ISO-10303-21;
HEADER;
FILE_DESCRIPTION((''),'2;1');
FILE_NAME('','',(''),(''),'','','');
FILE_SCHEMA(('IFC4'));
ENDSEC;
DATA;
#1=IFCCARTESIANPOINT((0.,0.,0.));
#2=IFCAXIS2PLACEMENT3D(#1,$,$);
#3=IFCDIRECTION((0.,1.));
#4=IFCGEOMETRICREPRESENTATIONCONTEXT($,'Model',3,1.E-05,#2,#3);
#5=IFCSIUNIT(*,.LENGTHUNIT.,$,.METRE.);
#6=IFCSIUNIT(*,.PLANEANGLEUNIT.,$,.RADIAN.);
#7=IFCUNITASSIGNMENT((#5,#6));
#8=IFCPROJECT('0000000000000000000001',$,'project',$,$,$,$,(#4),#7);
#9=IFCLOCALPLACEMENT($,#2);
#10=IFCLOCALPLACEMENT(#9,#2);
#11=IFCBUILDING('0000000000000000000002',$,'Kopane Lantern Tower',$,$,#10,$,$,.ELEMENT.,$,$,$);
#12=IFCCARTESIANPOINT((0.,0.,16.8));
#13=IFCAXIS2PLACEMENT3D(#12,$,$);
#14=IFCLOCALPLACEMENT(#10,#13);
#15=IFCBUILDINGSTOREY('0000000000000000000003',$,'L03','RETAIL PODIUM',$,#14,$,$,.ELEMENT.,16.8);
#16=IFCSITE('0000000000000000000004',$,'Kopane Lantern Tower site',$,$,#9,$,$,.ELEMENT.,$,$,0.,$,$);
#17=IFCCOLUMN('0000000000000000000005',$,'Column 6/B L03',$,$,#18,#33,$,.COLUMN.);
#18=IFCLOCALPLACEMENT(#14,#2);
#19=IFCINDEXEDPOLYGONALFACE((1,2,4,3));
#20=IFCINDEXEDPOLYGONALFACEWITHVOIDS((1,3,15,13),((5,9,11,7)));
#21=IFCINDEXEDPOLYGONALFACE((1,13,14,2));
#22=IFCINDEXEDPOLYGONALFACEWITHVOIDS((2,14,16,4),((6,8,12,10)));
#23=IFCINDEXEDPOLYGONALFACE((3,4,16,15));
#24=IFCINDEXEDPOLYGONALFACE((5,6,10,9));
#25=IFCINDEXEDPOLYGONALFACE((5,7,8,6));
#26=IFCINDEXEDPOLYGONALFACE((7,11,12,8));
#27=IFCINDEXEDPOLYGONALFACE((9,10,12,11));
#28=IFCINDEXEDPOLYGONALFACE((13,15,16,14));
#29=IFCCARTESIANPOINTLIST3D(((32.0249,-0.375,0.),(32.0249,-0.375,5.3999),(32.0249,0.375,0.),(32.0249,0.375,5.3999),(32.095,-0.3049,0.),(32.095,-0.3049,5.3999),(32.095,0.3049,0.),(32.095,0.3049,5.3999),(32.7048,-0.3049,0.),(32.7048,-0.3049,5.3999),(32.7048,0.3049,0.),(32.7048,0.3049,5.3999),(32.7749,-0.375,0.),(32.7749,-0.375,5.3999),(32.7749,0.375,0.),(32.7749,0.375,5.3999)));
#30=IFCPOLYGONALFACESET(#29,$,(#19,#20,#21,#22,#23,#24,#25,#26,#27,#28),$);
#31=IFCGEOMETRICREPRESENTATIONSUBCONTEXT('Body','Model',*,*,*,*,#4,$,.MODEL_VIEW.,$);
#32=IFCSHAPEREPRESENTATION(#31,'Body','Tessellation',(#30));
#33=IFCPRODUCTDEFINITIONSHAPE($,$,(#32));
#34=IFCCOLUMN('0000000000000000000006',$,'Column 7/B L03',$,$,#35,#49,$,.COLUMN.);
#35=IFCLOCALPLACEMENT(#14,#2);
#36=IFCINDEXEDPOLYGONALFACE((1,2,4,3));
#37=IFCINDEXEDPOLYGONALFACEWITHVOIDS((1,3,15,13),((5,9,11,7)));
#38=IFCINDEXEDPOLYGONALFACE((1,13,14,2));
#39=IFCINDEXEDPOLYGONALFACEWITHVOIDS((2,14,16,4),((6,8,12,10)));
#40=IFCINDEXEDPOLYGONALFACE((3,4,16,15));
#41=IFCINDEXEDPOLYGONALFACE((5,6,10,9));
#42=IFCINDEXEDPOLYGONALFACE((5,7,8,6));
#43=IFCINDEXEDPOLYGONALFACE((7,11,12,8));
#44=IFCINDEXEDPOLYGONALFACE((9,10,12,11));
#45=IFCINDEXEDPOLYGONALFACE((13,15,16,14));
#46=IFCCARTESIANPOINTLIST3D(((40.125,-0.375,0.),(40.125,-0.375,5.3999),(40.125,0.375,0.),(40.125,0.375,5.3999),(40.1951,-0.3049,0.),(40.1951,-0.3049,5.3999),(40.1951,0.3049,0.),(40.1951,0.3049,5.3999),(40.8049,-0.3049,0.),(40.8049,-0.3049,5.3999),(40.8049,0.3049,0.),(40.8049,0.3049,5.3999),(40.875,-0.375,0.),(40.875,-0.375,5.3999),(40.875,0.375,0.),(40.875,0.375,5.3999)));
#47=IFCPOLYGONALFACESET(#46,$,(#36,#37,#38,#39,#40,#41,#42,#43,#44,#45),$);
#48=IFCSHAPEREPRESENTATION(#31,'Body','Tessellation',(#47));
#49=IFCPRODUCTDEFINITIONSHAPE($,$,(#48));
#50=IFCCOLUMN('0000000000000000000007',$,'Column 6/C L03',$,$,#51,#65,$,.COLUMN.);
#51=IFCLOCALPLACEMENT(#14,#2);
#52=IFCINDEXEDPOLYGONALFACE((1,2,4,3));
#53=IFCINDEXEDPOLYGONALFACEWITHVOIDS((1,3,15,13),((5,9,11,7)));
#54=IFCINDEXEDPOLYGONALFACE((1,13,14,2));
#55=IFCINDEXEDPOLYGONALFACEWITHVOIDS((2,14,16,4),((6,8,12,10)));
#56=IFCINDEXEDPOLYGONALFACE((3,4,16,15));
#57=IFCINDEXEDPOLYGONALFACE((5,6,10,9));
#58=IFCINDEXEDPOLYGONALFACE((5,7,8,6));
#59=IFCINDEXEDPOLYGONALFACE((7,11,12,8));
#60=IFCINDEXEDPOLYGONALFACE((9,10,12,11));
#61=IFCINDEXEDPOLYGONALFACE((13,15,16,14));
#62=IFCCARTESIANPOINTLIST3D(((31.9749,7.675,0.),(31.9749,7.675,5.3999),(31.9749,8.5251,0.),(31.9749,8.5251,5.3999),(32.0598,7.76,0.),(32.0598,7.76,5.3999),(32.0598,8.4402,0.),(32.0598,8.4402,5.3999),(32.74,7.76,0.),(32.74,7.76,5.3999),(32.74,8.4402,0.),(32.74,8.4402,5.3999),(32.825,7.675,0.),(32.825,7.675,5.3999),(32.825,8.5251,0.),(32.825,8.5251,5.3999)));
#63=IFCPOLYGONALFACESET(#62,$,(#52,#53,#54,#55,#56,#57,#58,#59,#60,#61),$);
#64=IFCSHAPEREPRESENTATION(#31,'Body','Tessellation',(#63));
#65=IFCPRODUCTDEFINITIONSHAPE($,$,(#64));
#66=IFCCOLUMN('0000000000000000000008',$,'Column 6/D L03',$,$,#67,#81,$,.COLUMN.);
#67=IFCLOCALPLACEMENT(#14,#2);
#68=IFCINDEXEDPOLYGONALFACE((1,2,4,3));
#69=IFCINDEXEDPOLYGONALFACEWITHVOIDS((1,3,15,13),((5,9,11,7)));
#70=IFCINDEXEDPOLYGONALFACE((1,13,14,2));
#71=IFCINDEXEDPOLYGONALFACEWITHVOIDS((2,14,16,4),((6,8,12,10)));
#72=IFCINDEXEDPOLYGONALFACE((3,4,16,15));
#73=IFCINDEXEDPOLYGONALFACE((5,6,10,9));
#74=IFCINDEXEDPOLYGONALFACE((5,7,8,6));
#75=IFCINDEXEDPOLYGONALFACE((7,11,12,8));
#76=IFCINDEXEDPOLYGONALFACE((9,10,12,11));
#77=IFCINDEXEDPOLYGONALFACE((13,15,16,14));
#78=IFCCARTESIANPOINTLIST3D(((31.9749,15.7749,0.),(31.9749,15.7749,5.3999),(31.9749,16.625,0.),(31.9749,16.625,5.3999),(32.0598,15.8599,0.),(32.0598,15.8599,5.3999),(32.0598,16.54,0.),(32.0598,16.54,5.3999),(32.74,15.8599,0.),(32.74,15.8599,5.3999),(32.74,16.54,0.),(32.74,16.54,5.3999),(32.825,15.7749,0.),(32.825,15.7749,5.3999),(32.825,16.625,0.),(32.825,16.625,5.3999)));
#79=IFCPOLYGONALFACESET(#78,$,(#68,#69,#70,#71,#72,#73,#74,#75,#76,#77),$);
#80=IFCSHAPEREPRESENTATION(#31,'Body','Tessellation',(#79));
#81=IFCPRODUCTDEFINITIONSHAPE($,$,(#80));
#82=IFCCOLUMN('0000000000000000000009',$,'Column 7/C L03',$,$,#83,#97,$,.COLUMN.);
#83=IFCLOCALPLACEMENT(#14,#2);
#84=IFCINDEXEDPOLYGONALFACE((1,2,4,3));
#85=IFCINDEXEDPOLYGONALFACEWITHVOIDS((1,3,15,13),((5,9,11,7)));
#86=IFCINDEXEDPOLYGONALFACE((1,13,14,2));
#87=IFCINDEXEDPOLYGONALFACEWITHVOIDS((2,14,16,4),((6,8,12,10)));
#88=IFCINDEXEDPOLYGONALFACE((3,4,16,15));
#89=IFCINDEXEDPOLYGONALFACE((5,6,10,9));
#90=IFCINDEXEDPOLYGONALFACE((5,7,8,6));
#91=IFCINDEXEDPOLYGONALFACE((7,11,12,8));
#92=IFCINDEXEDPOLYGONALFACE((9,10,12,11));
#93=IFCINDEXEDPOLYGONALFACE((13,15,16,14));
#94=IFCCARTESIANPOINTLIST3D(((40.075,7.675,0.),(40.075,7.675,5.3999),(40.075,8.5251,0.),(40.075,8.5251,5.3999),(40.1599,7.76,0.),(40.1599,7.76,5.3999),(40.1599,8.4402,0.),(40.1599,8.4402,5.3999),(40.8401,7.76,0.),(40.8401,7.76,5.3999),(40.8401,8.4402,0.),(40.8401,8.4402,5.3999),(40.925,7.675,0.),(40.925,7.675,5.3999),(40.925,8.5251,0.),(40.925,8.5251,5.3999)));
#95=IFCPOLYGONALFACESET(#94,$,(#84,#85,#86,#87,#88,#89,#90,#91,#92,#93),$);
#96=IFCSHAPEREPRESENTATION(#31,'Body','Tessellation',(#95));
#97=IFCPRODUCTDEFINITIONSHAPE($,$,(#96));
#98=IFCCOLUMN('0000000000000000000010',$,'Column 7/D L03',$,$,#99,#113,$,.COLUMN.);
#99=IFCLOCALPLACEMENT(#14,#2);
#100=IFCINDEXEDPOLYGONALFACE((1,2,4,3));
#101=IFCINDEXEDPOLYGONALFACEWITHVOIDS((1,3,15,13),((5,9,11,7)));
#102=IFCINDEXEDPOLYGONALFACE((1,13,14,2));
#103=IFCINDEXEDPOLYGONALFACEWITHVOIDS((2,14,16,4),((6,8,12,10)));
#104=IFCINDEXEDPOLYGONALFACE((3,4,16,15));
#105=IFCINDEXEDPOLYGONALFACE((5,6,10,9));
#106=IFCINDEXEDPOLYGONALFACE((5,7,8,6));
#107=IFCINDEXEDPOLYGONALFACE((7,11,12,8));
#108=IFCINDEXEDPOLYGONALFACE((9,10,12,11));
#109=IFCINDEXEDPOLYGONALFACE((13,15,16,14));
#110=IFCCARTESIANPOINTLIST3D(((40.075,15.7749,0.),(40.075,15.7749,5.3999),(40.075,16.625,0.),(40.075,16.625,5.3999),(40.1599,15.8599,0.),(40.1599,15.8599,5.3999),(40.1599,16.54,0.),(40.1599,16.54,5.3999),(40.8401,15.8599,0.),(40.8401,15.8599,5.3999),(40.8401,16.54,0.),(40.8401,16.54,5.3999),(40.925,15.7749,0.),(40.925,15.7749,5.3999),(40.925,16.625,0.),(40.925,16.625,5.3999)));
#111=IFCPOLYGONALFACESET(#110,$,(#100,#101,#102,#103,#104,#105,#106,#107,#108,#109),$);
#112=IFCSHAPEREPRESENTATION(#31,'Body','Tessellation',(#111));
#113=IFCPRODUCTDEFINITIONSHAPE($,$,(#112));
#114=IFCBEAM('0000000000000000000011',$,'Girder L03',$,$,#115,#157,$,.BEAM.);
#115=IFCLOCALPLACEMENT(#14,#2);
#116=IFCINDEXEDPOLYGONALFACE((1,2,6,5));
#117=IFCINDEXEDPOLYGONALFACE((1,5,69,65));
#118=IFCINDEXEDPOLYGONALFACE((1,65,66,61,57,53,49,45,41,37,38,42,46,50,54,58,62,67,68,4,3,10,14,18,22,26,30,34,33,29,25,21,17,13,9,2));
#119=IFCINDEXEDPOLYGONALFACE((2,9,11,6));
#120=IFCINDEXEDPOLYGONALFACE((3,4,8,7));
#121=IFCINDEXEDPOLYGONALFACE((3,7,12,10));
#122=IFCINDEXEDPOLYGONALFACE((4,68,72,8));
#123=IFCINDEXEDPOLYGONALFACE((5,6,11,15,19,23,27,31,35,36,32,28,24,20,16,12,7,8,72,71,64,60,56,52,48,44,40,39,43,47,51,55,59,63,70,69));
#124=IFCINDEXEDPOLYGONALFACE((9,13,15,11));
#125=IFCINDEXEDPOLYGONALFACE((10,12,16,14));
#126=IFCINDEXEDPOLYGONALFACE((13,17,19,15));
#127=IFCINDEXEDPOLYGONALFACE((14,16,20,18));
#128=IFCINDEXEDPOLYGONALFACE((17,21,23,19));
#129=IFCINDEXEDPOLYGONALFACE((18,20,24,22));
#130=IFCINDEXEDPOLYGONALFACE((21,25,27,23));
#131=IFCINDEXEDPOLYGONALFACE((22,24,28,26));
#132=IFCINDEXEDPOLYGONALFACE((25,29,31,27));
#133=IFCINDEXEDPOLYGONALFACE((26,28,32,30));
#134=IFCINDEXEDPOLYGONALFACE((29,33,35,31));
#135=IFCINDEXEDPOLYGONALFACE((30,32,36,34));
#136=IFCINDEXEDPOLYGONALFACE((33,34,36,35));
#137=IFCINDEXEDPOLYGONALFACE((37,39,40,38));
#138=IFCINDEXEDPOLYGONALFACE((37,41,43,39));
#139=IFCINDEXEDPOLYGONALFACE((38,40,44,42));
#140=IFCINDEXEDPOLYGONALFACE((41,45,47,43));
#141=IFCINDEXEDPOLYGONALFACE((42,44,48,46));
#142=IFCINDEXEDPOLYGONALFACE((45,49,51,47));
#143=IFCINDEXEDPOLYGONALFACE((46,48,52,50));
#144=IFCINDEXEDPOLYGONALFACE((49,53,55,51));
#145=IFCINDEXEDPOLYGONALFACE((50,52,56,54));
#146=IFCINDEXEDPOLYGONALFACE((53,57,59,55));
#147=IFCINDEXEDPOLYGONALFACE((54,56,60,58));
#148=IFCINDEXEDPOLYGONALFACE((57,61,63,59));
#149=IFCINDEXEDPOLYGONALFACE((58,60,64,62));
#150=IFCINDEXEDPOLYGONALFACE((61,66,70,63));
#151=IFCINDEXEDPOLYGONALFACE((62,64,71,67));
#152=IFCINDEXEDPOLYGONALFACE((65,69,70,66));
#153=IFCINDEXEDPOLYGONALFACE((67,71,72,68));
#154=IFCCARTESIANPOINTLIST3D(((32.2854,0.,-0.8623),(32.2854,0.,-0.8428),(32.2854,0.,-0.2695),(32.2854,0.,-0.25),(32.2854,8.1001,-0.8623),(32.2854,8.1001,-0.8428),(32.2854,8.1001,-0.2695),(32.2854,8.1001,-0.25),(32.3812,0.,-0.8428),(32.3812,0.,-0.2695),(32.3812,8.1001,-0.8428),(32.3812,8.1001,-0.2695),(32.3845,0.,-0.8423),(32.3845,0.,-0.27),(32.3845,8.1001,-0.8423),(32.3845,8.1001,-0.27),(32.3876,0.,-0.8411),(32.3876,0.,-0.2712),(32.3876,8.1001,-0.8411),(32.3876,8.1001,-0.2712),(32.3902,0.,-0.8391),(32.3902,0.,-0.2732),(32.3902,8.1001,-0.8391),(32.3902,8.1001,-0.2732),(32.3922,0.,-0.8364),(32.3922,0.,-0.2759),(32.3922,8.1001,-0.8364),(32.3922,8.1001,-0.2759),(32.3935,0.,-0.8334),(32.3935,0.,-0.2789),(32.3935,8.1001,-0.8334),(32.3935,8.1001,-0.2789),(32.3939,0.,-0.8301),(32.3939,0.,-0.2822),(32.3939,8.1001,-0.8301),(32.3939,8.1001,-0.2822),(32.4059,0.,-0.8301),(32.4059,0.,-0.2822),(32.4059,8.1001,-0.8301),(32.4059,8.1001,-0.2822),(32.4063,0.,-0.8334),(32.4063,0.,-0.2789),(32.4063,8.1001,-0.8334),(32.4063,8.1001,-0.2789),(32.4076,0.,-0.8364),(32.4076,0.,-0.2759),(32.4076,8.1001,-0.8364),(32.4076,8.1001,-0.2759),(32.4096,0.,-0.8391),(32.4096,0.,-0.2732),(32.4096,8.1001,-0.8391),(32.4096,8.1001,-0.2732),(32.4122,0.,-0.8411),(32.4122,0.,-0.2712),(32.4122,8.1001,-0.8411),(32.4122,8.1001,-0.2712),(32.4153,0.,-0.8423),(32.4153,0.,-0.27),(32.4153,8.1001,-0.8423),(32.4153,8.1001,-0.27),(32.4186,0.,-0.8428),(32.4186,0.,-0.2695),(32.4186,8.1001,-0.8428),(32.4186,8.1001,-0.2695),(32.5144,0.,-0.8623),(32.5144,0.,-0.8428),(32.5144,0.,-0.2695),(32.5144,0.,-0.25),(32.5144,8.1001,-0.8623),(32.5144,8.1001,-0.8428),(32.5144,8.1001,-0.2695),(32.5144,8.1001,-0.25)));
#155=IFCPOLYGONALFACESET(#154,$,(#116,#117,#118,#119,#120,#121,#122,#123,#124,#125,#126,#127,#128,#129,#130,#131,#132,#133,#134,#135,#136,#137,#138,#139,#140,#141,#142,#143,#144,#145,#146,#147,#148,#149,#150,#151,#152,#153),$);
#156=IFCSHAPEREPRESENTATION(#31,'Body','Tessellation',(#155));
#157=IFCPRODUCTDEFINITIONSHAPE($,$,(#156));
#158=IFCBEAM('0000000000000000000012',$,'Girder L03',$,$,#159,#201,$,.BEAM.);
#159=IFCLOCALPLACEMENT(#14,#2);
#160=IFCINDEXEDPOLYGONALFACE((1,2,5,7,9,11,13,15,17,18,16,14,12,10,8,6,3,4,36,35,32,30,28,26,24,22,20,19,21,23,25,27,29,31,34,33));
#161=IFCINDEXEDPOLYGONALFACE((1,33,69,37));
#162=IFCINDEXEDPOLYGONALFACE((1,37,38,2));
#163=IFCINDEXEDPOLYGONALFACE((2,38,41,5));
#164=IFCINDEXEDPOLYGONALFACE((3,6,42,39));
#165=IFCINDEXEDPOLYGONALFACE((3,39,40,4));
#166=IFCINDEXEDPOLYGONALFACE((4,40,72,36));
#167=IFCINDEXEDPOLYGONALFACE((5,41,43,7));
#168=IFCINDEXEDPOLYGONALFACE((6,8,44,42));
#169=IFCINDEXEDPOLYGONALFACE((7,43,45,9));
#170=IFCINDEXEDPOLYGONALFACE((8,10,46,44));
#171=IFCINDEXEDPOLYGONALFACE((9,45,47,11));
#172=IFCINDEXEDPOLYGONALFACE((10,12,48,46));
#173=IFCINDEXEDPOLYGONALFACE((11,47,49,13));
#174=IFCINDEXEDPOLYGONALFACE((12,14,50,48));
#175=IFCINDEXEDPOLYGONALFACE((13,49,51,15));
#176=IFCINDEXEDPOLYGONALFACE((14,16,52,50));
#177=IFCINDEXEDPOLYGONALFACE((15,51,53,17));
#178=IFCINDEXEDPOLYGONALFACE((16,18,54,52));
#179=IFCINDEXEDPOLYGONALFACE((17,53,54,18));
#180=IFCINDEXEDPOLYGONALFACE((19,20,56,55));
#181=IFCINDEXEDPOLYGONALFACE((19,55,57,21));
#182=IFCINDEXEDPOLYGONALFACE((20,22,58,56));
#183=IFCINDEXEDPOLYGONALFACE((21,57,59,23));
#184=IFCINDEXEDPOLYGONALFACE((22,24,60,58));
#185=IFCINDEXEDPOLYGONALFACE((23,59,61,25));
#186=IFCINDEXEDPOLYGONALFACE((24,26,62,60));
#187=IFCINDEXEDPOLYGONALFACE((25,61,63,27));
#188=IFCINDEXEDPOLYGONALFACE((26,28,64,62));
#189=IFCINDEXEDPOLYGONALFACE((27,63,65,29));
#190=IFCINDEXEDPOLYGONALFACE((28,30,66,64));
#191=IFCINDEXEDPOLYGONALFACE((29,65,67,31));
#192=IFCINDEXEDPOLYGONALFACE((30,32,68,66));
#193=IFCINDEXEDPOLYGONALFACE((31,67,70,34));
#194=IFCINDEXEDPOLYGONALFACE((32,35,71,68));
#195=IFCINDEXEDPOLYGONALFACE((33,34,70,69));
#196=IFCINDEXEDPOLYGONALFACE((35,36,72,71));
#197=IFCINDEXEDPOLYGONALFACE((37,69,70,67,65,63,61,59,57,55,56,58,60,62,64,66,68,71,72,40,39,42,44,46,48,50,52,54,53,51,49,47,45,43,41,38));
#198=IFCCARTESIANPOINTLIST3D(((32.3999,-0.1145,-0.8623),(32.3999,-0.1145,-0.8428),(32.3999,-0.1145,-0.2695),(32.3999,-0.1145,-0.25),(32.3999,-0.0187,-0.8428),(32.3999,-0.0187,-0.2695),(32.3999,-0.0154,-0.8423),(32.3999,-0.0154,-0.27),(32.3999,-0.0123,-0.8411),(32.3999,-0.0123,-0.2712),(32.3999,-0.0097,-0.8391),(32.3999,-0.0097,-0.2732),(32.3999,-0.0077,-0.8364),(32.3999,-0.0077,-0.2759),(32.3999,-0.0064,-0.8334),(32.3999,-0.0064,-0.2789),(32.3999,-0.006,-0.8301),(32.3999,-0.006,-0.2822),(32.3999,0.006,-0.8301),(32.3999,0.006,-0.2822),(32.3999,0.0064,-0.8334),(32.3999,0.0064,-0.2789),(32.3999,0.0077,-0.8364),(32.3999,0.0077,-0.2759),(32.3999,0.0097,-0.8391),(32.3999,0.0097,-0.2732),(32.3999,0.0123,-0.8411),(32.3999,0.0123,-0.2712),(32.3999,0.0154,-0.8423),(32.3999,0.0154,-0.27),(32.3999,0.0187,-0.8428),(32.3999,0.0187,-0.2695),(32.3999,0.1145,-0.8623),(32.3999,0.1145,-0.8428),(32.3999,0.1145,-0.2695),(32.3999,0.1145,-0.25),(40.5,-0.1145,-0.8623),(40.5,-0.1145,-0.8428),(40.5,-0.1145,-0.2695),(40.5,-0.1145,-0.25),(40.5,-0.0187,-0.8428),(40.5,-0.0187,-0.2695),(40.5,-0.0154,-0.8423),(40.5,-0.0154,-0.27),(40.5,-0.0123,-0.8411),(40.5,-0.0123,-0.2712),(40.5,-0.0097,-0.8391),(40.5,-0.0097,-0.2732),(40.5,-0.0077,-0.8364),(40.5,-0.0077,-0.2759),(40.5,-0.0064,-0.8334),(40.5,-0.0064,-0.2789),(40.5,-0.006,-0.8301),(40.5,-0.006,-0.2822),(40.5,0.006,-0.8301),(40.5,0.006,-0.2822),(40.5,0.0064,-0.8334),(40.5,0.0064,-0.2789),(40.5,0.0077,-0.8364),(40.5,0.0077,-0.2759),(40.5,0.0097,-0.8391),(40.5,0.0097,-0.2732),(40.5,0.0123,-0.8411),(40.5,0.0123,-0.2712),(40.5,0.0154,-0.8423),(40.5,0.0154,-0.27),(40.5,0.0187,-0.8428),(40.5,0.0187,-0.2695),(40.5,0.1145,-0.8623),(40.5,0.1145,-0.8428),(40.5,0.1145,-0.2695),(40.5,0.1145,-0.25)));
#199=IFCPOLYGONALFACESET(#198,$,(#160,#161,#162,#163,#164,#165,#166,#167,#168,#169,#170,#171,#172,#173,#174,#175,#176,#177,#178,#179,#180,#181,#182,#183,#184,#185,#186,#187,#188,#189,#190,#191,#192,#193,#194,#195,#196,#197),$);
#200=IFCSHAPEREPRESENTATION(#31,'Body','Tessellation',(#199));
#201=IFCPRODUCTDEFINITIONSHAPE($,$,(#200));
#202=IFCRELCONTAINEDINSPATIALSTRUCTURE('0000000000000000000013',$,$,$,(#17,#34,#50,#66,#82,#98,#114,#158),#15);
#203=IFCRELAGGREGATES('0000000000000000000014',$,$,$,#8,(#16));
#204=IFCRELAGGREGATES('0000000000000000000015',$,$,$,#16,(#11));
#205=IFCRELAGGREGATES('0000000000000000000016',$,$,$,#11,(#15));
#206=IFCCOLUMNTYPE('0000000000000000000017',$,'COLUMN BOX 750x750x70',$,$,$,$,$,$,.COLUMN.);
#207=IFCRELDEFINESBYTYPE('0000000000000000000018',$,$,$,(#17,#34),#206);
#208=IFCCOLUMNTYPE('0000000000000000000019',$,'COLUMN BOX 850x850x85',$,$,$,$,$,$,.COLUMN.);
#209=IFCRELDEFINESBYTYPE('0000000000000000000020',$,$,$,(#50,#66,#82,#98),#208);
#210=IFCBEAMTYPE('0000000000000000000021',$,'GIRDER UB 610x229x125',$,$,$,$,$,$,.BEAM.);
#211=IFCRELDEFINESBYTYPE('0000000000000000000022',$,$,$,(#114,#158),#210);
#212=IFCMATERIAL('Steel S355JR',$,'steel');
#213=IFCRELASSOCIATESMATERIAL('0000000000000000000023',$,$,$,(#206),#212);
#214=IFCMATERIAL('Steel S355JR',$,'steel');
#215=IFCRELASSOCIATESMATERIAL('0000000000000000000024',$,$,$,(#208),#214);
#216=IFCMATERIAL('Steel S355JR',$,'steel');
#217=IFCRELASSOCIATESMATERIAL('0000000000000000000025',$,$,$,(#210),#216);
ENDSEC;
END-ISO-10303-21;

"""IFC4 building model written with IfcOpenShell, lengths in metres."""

from ifc_helpers import new_model, si_unit, direction, frame, origin, origin_2d, place, context, subcontext, project, spatial, hollow_rectangle, i_section, extrude, material, material_profile, profile_set, type_object, element, save


model = new_model("IFC4")

# Units and contexts
model_context = context("Model", 3, precision=1e-05, world=origin(), true_north=direction((0.0, 1.0)))
body_context = subcontext(model_context, "Body", "Model", "MODEL_VIEW")
ifc_project = project(units=[si_unit("LENGTHUNIT", "METRE"), si_unit("PLANEANGLEUNIT", "RADIAN")], contexts=[model_context])

# Site, building, storey
site_placement = place(None, origin())
site = spatial("IfcSite", under=ifc_project, at=site_placement, Name="Kopane Lantern Tower site", CompositionType="ELEMENT", RefElevation=0.0)
building_placement = place(site_placement, origin())
building = spatial("IfcBuilding", under=site, at=building_placement, Name="Kopane Lantern Tower", CompositionType="ELEMENT")
storey_placement = place(building_placement, frame((0.0, 0.0, 16.8)))
storey = spatial("IfcBuildingStorey", under=building, at=storey_placement, Name="L03", Description="RETAIL PODIUM", CompositionType="ELEMENT", Elevation=16.8)

# Columns
ifc_material_1 = material(Name="Steel S355JR", Category="steel")
ifc_material_profile_1 = material_profile(ifc_material_1, hollow_rectangle(XDim=0.75, YDim=0.75, WallThickness=0.0701, at=origin_2d()), Name="BOX 750x750x70")
ifc_profile_set_1 = profile_set([ifc_material_profile_1], Name="Steel S355JR")
column_type_1 = type_object("IfcColumnType", Name="COLUMN BOX 750x750x70", PredefinedType="COLUMN", material=ifc_profile_set_1)
for number, where, z_axis, x_axis, name in (
    (1, (32.3999, 0.0, 0.0), (0.0, 0.0, 1.0), (1.0, 0.0, 0.0), "Column 6/B L03"),
    (2, (40.5, 0.0, 0.0), (0.0, 0.0, 1.0), (1.0, 0.0, 0.0), "Column 7/B L03"),
):
    element("IfcColumn", number, at=place(storey_placement, frame(where, z_axis=z_axis, x_axis=x_axis)), inside=storey, type_object=column_type_1, Name=name, PredefinedType="COLUMN", context=body_context, shape_type="SweptSolid", body=[
        extrude(hollow_rectangle(XDim=0.75, YDim=0.75, WallThickness=0.0701, at=origin_2d()), origin(), (0.0, 0.0, 1.0), 5.3999),
    ])
ifc_material_2 = material(Name="Steel S355JR", Category="steel")
ifc_material_profile_2 = material_profile(ifc_material_2, hollow_rectangle(XDim=0.8501, YDim=0.8501, WallThickness=0.085, at=origin_2d()), Name="BOX 850x850x85")
ifc_profile_set_2 = profile_set([ifc_material_profile_2], Name="Steel S355JR")
column_type_2 = type_object("IfcColumnType", Name="COLUMN BOX 850x850x85", PredefinedType="COLUMN", material=ifc_profile_set_2)
for number, where, z_axis, x_axis, name in (
    (3, (32.3999, 8.1001, 0.0), (0.0, 0.0, 1.0), (1.0, 0.0, 0.0), "Column 6/C L03"),
    (4, (32.3999, 16.2, 0.0), (0.0, 0.0, 1.0), (1.0, 0.0, 0.0), "Column 6/D L03"),
    (5, (40.5, 8.1001, 0.0), (0.0, 0.0, 1.0), (1.0, 0.0, 0.0), "Column 7/C L03"),
    (6, (40.5, 16.2, 0.0), (0.0, 0.0, 1.0), (1.0, 0.0, 0.0), "Column 7/D L03"),
):
    element("IfcColumn", number, at=place(storey_placement, frame(where, z_axis=z_axis, x_axis=x_axis)), inside=storey, type_object=column_type_2, Name=name, PredefinedType="COLUMN", context=body_context, shape_type="SweptSolid", body=[
        extrude(hollow_rectangle(XDim=0.8501, YDim=0.8501, WallThickness=0.085, at=origin_2d()), origin(), (0.0, 0.0, 1.0), 5.3999),
    ])

# Beams
ifc_material_3 = material(Name="Steel S355JR", Category="steel")
ifc_material_profile_3 = material_profile(ifc_material_3, i_section(OverallWidth=0.229, OverallDepth=0.6123, WebThickness=0.012, FlangeThickness=0.0195, FilletRadius=0.0127, at=origin_2d()), Name="UB 610x229x125")
ifc_profile_set_3 = profile_set([ifc_material_profile_3], Name="Steel S355JR")
beam_type = type_object("IfcBeamType", Name="GIRDER UB 610x229x125", PredefinedType="BEAM", material=ifc_profile_set_3)
for number, where, z_axis, x_axis, name in (
    (7, (32.3999, 0.0, -0.5562), (0.0, 1.0, 0.0), (-1.0, 0.0, 0.0), "Girder L03"),
    (8, (32.3999, 0.0, -0.5562), (1.0, 0.0, 0.0), (0.0, 1.0, 0.0), "Girder L03"),
):
    element("IfcBeam", number, at=place(storey_placement, frame(where, z_axis=z_axis, x_axis=x_axis)), inside=storey, type_object=beam_type, Name=name, PredefinedType="BEAM", context=body_context, shape_type="SweptSolid", body=[
        extrude(i_section(OverallWidth=0.229, OverallDepth=0.6123, WebThickness=0.012, FlangeThickness=0.0195, FilletRadius=0.0127, at=origin_2d()), origin(), (0.0, 0.0, 1.0), 8.1001),
    ])

save(model, "model.ifc")
